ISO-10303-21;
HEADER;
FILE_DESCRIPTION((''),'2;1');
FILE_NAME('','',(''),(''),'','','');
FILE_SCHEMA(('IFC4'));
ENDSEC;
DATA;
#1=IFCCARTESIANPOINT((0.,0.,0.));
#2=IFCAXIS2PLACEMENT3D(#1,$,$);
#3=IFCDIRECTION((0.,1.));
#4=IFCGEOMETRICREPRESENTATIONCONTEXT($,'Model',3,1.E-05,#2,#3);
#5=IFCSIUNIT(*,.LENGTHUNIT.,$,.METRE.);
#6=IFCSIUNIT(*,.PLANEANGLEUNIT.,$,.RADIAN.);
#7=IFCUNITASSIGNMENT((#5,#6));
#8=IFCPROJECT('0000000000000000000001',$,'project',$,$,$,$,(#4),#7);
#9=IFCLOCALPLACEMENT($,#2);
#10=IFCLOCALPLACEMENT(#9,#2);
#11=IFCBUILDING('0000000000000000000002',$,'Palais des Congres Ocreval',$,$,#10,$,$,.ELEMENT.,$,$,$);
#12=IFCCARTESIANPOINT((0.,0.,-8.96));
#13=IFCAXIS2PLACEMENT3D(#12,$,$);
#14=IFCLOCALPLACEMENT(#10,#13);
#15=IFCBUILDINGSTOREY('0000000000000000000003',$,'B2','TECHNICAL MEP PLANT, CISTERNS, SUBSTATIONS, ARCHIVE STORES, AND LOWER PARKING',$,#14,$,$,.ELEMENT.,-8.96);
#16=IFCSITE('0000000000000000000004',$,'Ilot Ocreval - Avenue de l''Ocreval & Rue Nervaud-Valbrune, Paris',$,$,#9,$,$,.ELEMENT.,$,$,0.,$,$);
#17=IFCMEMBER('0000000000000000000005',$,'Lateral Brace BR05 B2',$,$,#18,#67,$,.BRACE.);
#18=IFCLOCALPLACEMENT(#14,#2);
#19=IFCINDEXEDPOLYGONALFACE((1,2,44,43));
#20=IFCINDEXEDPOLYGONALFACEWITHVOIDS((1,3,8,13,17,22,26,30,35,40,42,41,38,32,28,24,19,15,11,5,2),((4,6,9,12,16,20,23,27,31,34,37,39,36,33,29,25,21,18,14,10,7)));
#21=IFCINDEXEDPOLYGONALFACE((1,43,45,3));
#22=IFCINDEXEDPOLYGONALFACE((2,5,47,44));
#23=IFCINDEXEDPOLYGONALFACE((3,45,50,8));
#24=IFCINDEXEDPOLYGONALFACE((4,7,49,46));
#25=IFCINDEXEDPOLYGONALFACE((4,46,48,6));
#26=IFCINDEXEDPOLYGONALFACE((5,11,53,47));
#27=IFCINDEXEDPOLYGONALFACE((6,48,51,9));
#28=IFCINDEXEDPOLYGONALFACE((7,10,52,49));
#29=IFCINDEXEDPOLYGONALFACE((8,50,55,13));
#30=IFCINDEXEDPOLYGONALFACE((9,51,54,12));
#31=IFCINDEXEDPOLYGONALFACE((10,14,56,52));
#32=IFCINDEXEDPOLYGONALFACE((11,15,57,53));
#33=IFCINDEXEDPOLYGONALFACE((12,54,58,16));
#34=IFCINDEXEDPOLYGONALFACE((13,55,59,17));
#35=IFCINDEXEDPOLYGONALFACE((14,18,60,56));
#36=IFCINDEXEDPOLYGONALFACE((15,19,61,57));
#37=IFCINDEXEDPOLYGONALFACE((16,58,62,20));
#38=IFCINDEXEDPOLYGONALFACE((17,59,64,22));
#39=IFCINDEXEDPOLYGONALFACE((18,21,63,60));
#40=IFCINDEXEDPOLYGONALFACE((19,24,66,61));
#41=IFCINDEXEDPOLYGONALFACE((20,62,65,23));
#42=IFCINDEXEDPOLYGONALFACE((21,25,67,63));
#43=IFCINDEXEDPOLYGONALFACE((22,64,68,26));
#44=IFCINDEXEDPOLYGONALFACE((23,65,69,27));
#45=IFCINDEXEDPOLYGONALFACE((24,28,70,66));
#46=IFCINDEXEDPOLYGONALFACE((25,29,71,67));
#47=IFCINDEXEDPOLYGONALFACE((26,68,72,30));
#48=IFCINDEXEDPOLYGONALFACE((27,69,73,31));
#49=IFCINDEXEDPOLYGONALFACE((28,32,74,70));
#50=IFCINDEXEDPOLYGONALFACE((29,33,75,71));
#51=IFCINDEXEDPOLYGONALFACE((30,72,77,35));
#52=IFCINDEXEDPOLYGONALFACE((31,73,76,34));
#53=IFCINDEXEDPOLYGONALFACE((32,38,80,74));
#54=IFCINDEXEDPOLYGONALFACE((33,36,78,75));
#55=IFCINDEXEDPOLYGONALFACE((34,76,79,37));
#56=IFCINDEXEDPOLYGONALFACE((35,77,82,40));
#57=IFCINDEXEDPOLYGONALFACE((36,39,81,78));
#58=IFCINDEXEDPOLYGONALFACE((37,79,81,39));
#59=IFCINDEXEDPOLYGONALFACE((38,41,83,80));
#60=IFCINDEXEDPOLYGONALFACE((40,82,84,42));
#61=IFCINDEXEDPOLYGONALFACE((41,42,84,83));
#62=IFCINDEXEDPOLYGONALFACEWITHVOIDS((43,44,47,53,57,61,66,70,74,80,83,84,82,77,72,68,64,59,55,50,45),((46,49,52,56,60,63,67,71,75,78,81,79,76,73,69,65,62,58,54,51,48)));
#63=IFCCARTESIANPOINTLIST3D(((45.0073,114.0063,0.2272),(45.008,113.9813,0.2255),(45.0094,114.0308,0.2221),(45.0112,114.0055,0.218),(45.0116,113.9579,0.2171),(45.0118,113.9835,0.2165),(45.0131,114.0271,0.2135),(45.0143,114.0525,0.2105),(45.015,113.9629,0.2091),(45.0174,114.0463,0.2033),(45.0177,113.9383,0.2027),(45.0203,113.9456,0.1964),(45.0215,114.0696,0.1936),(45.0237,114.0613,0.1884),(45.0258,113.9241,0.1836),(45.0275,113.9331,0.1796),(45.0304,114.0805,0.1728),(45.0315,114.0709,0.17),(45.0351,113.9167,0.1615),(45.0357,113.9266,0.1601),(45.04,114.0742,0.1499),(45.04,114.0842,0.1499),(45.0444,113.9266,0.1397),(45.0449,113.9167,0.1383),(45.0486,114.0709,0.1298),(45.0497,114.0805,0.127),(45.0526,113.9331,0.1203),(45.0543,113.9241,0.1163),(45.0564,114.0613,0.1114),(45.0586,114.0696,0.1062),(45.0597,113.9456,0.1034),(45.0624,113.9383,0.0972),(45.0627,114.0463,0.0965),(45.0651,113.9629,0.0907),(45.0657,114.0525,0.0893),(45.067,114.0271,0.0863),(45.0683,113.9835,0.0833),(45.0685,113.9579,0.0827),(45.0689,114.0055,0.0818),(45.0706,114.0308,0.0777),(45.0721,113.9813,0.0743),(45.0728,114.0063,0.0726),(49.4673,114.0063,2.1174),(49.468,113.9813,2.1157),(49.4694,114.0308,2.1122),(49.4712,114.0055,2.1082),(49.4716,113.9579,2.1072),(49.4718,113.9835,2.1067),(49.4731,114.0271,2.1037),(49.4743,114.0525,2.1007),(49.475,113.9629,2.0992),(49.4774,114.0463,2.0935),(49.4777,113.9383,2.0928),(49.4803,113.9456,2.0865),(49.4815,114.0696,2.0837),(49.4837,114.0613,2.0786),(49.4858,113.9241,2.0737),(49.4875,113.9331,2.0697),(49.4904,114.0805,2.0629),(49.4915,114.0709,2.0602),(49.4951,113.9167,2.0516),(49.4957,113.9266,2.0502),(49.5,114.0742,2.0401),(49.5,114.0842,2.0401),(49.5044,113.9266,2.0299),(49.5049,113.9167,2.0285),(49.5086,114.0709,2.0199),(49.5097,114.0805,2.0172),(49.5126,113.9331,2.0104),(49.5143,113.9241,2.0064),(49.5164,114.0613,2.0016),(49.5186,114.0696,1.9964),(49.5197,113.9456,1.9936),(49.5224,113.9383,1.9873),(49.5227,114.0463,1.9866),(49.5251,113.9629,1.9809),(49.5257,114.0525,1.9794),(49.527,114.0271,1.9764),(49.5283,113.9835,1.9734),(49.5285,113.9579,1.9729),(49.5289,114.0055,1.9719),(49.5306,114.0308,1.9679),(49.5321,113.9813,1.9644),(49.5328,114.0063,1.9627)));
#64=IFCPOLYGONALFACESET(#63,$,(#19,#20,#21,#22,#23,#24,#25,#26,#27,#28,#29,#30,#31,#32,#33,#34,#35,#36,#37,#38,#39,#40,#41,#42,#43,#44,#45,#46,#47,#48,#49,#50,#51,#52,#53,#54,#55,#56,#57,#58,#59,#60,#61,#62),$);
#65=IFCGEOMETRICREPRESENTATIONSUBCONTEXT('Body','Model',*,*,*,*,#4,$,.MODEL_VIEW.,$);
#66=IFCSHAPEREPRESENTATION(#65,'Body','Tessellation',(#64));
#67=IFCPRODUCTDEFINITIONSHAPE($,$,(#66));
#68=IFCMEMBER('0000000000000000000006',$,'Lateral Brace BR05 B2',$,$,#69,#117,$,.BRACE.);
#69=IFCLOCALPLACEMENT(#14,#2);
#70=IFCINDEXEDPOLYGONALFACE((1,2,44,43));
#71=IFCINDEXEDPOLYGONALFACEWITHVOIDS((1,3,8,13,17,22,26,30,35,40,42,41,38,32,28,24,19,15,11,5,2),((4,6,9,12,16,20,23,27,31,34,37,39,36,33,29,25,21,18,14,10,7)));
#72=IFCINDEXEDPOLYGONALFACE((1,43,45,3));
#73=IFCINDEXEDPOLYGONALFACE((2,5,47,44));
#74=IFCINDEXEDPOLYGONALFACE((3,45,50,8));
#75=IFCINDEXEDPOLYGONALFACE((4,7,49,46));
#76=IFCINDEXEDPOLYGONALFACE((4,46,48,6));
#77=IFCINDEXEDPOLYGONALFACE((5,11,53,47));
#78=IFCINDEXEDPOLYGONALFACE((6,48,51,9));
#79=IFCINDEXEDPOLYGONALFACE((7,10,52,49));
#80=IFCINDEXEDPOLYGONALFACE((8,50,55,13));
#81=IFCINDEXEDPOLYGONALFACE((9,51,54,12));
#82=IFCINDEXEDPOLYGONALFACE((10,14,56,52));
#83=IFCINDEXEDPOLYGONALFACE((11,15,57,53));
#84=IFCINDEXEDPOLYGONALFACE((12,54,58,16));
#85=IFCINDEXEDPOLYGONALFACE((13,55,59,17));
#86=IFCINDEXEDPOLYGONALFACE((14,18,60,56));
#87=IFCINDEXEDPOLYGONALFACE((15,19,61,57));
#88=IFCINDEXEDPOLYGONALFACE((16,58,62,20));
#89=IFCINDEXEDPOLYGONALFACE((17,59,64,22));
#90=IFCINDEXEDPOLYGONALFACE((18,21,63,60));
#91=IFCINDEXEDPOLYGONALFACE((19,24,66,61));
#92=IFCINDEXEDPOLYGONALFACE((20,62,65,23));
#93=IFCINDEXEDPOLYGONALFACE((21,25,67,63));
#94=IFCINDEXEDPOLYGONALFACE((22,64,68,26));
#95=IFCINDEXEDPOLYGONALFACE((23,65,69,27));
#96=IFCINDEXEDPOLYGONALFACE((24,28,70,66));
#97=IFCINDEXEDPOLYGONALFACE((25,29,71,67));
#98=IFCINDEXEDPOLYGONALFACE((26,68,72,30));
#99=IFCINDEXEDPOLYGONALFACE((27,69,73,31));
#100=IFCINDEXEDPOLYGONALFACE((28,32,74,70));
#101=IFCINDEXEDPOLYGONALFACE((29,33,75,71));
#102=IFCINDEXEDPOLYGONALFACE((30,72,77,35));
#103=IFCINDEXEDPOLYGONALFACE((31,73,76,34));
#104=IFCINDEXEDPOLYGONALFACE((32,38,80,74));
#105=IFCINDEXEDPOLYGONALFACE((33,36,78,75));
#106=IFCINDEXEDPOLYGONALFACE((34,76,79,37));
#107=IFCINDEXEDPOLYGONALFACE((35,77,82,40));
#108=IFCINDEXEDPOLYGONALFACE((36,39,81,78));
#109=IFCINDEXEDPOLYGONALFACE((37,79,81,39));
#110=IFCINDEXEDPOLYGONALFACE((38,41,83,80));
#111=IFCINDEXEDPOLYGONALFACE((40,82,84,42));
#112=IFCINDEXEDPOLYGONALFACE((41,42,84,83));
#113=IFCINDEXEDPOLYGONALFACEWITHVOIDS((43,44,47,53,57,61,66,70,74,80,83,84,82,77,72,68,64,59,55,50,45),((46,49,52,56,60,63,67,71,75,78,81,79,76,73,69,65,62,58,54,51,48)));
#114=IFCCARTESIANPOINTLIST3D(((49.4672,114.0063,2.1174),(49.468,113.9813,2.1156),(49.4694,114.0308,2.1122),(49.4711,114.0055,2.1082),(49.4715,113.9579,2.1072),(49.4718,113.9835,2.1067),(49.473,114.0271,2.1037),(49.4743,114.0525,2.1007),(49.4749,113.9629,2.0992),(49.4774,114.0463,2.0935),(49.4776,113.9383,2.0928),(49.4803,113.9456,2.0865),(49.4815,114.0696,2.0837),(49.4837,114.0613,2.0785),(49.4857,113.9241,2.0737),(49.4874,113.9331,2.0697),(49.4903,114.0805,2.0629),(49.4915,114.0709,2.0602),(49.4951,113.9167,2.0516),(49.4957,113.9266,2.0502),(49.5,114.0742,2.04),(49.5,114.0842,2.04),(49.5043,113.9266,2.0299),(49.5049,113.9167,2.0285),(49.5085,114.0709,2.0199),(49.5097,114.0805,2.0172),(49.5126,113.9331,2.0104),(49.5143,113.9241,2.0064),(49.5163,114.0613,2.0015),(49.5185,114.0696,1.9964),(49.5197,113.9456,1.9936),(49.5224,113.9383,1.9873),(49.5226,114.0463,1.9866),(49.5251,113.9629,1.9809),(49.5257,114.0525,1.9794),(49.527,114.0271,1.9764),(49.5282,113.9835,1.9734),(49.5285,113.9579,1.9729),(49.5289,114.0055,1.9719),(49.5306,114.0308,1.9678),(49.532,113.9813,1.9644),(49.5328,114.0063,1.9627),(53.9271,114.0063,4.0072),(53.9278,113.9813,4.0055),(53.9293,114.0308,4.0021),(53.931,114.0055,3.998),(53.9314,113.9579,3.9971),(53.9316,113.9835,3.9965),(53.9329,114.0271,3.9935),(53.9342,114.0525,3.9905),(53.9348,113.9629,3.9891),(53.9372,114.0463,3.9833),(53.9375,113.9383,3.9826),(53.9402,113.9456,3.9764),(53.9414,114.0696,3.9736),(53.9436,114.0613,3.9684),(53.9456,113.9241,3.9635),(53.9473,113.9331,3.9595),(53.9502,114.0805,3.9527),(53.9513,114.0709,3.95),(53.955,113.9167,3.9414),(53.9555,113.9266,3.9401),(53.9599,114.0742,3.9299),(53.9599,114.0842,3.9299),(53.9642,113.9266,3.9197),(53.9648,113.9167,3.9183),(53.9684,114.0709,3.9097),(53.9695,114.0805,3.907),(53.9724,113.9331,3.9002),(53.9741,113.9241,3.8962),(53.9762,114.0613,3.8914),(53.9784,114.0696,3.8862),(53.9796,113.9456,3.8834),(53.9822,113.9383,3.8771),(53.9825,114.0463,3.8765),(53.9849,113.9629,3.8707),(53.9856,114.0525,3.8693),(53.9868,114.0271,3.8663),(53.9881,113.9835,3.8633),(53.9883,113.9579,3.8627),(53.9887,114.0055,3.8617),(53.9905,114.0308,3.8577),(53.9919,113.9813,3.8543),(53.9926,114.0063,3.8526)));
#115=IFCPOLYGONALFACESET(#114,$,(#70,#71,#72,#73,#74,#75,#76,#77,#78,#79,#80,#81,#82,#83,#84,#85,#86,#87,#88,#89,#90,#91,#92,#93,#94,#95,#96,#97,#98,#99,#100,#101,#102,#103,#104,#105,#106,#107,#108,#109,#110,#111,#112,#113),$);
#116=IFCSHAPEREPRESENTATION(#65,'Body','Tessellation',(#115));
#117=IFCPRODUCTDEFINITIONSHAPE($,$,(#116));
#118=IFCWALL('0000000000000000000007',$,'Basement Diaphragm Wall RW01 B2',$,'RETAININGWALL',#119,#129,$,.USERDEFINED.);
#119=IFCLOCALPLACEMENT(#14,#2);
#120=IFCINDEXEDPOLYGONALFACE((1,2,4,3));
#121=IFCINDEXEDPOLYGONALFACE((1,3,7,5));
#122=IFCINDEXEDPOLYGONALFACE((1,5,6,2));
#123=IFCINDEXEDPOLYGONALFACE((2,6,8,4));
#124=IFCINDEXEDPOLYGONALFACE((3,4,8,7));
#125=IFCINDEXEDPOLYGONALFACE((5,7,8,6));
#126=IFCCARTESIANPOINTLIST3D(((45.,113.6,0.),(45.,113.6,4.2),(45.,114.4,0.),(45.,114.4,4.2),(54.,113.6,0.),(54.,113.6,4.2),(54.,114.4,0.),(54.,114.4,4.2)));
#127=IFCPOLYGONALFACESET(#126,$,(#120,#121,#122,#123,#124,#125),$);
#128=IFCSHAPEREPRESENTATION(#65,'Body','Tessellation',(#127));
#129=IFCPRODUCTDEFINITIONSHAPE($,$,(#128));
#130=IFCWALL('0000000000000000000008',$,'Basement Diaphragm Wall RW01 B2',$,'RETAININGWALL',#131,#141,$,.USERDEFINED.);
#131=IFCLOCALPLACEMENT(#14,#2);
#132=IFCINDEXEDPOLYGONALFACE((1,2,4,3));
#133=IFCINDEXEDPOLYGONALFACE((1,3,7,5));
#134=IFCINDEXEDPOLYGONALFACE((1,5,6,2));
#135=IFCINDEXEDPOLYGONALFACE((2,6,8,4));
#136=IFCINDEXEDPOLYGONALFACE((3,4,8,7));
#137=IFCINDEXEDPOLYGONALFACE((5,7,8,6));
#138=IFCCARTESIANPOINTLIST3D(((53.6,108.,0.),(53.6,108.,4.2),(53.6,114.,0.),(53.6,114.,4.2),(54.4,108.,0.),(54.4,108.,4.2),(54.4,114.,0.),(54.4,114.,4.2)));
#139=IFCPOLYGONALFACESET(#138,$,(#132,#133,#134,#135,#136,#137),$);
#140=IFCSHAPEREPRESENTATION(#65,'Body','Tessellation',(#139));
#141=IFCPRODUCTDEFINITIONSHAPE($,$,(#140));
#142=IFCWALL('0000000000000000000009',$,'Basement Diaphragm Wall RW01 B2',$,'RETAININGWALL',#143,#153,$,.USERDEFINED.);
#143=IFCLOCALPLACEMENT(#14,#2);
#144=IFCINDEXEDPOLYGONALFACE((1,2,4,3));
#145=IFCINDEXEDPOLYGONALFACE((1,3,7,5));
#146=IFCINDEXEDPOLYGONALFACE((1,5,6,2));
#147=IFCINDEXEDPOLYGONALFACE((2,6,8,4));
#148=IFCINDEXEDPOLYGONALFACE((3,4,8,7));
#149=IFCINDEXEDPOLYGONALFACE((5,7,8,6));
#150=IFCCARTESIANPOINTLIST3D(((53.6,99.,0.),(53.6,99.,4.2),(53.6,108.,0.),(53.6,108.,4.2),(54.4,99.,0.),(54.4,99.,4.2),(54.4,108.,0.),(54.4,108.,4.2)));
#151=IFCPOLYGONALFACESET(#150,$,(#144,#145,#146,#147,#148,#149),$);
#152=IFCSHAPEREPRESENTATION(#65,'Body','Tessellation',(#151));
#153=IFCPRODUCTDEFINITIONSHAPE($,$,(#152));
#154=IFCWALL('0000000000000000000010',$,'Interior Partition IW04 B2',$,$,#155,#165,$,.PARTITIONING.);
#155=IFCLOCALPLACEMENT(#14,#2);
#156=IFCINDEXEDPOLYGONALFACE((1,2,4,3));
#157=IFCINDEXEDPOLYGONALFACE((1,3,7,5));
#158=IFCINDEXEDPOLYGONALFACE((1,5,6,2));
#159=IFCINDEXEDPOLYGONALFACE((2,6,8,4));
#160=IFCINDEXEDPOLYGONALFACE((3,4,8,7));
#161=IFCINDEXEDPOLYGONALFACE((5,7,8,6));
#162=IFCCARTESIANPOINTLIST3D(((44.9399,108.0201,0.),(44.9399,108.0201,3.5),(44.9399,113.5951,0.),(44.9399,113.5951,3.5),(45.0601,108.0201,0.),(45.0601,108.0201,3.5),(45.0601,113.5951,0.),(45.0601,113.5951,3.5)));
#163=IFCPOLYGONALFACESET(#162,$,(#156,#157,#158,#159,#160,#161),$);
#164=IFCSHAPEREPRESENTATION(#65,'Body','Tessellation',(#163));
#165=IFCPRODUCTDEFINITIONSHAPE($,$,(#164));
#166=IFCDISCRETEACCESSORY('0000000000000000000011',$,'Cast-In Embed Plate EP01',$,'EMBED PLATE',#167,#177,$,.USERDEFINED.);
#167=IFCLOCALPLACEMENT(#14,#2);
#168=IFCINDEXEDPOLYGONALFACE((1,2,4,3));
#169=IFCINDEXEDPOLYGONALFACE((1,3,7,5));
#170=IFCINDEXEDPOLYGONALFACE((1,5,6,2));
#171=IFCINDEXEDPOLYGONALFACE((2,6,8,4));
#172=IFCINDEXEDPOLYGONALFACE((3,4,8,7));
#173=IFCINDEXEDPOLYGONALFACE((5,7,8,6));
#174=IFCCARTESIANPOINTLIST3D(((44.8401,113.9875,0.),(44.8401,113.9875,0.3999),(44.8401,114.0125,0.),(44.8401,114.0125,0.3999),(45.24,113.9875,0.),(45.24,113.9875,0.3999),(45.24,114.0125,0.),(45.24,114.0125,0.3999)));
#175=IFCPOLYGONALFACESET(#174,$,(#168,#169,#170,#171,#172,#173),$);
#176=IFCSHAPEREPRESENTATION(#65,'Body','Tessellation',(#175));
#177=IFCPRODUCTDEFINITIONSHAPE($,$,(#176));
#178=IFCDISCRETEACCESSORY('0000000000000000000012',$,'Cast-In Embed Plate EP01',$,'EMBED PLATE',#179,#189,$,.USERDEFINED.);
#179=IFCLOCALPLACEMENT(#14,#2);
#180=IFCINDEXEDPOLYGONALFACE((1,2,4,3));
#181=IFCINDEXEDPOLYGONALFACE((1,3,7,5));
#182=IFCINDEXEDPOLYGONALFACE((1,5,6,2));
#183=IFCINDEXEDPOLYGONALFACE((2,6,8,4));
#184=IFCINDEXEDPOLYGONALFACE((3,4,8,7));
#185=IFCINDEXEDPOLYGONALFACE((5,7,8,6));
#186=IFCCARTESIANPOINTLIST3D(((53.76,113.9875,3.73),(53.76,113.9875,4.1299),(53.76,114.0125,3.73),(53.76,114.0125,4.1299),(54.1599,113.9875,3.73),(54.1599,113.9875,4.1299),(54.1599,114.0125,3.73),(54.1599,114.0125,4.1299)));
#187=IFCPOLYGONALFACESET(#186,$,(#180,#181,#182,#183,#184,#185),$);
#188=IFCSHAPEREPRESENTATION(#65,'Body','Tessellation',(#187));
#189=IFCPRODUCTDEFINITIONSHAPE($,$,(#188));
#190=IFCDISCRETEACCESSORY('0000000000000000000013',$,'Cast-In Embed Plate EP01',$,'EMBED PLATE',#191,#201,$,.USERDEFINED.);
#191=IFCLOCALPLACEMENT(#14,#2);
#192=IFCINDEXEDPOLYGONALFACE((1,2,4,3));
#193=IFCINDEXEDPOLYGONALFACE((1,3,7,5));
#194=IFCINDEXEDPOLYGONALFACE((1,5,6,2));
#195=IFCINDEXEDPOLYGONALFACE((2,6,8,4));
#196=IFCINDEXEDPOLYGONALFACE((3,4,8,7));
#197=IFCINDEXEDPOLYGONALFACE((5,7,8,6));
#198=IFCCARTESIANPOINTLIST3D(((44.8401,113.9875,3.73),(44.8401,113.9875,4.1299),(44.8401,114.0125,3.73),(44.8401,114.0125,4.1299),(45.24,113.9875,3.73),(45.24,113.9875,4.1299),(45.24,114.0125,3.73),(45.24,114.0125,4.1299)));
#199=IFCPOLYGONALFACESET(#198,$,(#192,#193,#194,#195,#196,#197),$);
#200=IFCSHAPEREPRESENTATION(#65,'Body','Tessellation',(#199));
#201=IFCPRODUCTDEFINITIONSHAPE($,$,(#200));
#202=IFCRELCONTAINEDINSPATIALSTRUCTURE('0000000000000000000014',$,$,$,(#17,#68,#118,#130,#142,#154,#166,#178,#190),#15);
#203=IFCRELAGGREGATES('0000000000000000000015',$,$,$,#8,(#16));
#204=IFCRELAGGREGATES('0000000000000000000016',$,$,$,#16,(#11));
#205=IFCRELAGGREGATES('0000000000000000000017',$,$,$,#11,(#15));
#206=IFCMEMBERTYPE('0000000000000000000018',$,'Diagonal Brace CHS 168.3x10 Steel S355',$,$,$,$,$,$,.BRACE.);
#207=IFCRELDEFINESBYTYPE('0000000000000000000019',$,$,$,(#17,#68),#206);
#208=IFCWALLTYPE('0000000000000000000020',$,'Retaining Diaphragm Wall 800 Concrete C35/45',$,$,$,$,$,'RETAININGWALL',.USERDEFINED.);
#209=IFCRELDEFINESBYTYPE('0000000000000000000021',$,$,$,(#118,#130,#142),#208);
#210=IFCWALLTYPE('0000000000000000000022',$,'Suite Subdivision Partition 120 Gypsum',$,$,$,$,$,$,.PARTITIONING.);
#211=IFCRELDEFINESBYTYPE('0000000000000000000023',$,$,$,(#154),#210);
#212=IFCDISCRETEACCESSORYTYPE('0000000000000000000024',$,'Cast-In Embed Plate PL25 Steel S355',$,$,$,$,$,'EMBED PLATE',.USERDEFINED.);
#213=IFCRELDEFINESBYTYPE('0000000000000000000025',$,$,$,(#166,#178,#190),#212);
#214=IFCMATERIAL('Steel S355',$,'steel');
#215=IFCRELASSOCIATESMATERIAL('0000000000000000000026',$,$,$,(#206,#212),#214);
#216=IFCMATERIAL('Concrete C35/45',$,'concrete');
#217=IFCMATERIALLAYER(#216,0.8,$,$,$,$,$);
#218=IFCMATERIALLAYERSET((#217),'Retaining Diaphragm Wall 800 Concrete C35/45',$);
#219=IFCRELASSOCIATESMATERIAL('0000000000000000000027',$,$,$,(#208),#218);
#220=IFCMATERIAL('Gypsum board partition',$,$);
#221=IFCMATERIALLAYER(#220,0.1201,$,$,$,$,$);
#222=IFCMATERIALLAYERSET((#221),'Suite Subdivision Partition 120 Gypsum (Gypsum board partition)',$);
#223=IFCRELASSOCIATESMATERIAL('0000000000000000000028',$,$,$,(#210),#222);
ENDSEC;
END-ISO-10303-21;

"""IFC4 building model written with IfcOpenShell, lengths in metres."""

from ifc_helpers import new_model, si_unit, direction, frame, frame_2d, origin, origin_2d, place, context, subcontext, project, spatial, rectangle, hollow_circle, extrude, material, layer, layer_set, material_profile, profile_set, type_object, element, save


model = new_model("IFC4")

# Units and contexts
model_context = context("Model", 3, precision=1e-05, world=origin(), true_north=direction((0.0, 1.0)))
body_context = subcontext(model_context, "Body", "Model", "MODEL_VIEW")
ifc_project = project(units=[si_unit("LENGTHUNIT", "METRE"), si_unit("PLANEANGLEUNIT", "RADIAN")], contexts=[model_context])

# Site, building, storey
site_placement = place(None, origin())
site = spatial("IfcSite", under=ifc_project, at=site_placement, Name="Ilot Ocreval - Avenue de l'Ocreval & Rue Nervaud-Valbrune, Paris", CompositionType="ELEMENT", RefElevation=0.0)
building_placement = place(site_placement, origin())
building = spatial("IfcBuilding", under=site, at=building_placement, Name="Palais des Congres Ocreval", CompositionType="ELEMENT")
storey_placement = place(building_placement, frame((0.0, 0.0, -8.96)))
storey = spatial("IfcBuildingStorey", under=building, at=storey_placement, Name="B2", Description="TECHNICAL MEP PLANT, CISTERNS, SUBSTATIONS, ARCHIVE STORES, AND LOWER PARKING", CompositionType="ELEMENT", Elevation=-8.96)

# Shared definitions
ifc_material_1 = material(Name="Concrete C35/45", Category="concrete")

# Shared definitions
ifc_material_2 = material(Name="Steel S355", Category="steel")

# Members
ifc_material_profile_1 = material_profile(ifc_material_2, hollow_circle(Radius=0.0842, WallThickness=0.01, at=origin_2d()), Name="CHS 168.3x10")
ifc_profile_set_1 = profile_set([ifc_material_profile_1], Name="Steel S355")
member_type_1 = type_object("IfcMemberType", Name="Diagonal Brace CHS 168.3x10 Steel S355", PredefinedType="BRACE", material=ifc_profile_set_1)
member_1_placement = place(storey_placement, frame((45.04, 114.0, 0.1499), z_axis=(0.920728, 0.0, 0.390206), x_axis=(0.0, 1.0, 0.0)))
element("IfcMember", 1, at=member_1_placement, inside=storey, type_object=member_type_1, Name="Lateral Brace BR05 B2", PredefinedType="BRACE", context=body_context, shape_type="SweptSolid", body=[
    extrude(hollow_circle(Radius=0.0842, WallThickness=0.01, at=origin_2d()), origin(), (0.0, 0.0, 1.0), 4.844),
])
member_2_placement = place(storey_placement, frame((49.5, 114.0, 2.04), z_axis=(0.920746, 0.0, 0.390163), x_axis=(0.0, 1.0, 0.0)))
element("IfcMember", 2, at=member_2_placement, inside=storey, type_object=member_type_1, Name="Lateral Brace BR05 B2", PredefinedType="BRACE", context=body_context, shape_type="SweptSolid", body=[
    extrude(hollow_circle(Radius=0.0842, WallThickness=0.01, at=origin_2d()), origin(), (0.0, 0.0, 1.0), 4.8438),
])

# Walls
ifc_layer_1 = layer(ifc_material_1, 0.8)
ifc_layer_set_1 = layer_set([ifc_layer_1], Name="Retaining Diaphragm Wall 800 Concrete C35/45")
wall_type_1 = type_object("IfcWallType", Name="Retaining Diaphragm Wall 800 Concrete C35/45", ElementType="RETAININGWALL", PredefinedType="USERDEFINED", material=ifc_layer_set_1)
wall_1_placement = place(storey_placement, frame((45.0, 114.0, 0.0), z_axis=(0.0, 0.0, 1.0), x_axis=(1.0, 0.0, 0.0)))
element("IfcWall", 3, at=wall_1_placement, inside=storey, type_object=wall_type_1, Name="Basement Diaphragm Wall RW01 B2", ObjectType="RETAININGWALL", PredefinedType="USERDEFINED", context=body_context, shape_type="SweptSolid", body=[
    extrude(rectangle(XDim=9.0, YDim=0.8, at=frame_2d((4.5, 0.0))), origin(), (0.0, 0.0, 1.0), 4.2),
])
wall_2_placement = place(storey_placement, frame((54.0, 114.0, 0.0), z_axis=(0.0, 0.0, 1.0), x_axis=(0.0, -1.0, 0.0)))
element("IfcWall", 4, at=wall_2_placement, inside=storey, type_object=wall_type_1, Name="Basement Diaphragm Wall RW01 B2", ObjectType="RETAININGWALL", PredefinedType="USERDEFINED", context=body_context, shape_type="SweptSolid", body=[
    extrude(rectangle(XDim=6.0, YDim=0.8, at=frame_2d((3.0, 0.0))), origin(), (0.0, 0.0, 1.0), 4.2),
])
wall_3_placement = place(storey_placement, frame((54.0, 108.0, 0.0), z_axis=(0.0, 0.0, 1.0), x_axis=(0.0, -1.0, 0.0)))
element("IfcWall", 5, at=wall_3_placement, inside=storey, type_object=wall_type_1, Name="Basement Diaphragm Wall RW01 B2", ObjectType="RETAININGWALL", PredefinedType="USERDEFINED", context=body_context, shape_type="SweptSolid", body=[
    extrude(rectangle(XDim=9.0, YDim=0.8, at=frame_2d((4.5, 0.0))), origin(), (0.0, 0.0, 1.0), 4.2),
])
ifc_material_3 = material(Name="Gypsum board partition")
ifc_layer_2 = layer(ifc_material_3, 0.1201)
ifc_layer_set_2 = layer_set([ifc_layer_2], Name="Suite Subdivision Partition 120 Gypsum (Gypsum board partition)")
wall_type_2 = type_object("IfcWallType", Name="Suite Subdivision Partition 120 Gypsum", PredefinedType="PARTITIONING", material=ifc_layer_set_2)
wall_4_placement = place(storey_placement, frame((45.0, 108.02, 0.0), z_axis=(0.0, 0.0, 1.0), x_axis=(0.0, 1.0, 0.0)))
element("IfcWall", 6, at=wall_4_placement, inside=storey, type_object=wall_type_2, Name="Interior Partition IW04 B2", PredefinedType="PARTITIONING", context=body_context, shape_type="SweptSolid", body=[
    extrude(rectangle(XDim=5.575, YDim=0.1201, at=frame_2d((2.7876, 0.0))), origin(), (0.0, 0.0, 1.0), 3.5),
])

# Discrete accessories
discrete_accessory_type_1 = type_object("IfcDiscreteAccessoryType", Name="Cast-In Embed Plate PL25 Steel S355", ElementType="EMBED PLATE", PredefinedType="USERDEFINED", material=ifc_material_2)
for number, where, z_axis, x_axis, name in (
    (7, (45.04, 114.0, 0.0), (0.0, 0.0, 1.0), (1.0, 0.0, 0.0), "Cast-In Embed Plate EP01"),
    (8, (53.96, 114.0, 3.73), (0.0, 0.0, 1.0), (1.0, 0.0, 0.0), "Cast-In Embed Plate EP01"),
    (9, (45.04, 114.0, 3.73), (0.0, 0.0, 1.0), (1.0, 0.0, 0.0), "Cast-In Embed Plate EP01"),
):
    element("IfcDiscreteAccessory", number, at=place(storey_placement, frame(where, z_axis=z_axis, x_axis=x_axis)), inside=storey, type_object=discrete_accessory_type_1, Name=name, ObjectType="EMBED PLATE", PredefinedType="USERDEFINED", context=body_context, shape_type="SweptSolid", body=[
        extrude(rectangle(XDim=0.3999, YDim=0.0249, at=origin_2d()), origin(), (0.0, 0.0, 1.0), 0.3999),
    ])

save(model, "model.ifc")
